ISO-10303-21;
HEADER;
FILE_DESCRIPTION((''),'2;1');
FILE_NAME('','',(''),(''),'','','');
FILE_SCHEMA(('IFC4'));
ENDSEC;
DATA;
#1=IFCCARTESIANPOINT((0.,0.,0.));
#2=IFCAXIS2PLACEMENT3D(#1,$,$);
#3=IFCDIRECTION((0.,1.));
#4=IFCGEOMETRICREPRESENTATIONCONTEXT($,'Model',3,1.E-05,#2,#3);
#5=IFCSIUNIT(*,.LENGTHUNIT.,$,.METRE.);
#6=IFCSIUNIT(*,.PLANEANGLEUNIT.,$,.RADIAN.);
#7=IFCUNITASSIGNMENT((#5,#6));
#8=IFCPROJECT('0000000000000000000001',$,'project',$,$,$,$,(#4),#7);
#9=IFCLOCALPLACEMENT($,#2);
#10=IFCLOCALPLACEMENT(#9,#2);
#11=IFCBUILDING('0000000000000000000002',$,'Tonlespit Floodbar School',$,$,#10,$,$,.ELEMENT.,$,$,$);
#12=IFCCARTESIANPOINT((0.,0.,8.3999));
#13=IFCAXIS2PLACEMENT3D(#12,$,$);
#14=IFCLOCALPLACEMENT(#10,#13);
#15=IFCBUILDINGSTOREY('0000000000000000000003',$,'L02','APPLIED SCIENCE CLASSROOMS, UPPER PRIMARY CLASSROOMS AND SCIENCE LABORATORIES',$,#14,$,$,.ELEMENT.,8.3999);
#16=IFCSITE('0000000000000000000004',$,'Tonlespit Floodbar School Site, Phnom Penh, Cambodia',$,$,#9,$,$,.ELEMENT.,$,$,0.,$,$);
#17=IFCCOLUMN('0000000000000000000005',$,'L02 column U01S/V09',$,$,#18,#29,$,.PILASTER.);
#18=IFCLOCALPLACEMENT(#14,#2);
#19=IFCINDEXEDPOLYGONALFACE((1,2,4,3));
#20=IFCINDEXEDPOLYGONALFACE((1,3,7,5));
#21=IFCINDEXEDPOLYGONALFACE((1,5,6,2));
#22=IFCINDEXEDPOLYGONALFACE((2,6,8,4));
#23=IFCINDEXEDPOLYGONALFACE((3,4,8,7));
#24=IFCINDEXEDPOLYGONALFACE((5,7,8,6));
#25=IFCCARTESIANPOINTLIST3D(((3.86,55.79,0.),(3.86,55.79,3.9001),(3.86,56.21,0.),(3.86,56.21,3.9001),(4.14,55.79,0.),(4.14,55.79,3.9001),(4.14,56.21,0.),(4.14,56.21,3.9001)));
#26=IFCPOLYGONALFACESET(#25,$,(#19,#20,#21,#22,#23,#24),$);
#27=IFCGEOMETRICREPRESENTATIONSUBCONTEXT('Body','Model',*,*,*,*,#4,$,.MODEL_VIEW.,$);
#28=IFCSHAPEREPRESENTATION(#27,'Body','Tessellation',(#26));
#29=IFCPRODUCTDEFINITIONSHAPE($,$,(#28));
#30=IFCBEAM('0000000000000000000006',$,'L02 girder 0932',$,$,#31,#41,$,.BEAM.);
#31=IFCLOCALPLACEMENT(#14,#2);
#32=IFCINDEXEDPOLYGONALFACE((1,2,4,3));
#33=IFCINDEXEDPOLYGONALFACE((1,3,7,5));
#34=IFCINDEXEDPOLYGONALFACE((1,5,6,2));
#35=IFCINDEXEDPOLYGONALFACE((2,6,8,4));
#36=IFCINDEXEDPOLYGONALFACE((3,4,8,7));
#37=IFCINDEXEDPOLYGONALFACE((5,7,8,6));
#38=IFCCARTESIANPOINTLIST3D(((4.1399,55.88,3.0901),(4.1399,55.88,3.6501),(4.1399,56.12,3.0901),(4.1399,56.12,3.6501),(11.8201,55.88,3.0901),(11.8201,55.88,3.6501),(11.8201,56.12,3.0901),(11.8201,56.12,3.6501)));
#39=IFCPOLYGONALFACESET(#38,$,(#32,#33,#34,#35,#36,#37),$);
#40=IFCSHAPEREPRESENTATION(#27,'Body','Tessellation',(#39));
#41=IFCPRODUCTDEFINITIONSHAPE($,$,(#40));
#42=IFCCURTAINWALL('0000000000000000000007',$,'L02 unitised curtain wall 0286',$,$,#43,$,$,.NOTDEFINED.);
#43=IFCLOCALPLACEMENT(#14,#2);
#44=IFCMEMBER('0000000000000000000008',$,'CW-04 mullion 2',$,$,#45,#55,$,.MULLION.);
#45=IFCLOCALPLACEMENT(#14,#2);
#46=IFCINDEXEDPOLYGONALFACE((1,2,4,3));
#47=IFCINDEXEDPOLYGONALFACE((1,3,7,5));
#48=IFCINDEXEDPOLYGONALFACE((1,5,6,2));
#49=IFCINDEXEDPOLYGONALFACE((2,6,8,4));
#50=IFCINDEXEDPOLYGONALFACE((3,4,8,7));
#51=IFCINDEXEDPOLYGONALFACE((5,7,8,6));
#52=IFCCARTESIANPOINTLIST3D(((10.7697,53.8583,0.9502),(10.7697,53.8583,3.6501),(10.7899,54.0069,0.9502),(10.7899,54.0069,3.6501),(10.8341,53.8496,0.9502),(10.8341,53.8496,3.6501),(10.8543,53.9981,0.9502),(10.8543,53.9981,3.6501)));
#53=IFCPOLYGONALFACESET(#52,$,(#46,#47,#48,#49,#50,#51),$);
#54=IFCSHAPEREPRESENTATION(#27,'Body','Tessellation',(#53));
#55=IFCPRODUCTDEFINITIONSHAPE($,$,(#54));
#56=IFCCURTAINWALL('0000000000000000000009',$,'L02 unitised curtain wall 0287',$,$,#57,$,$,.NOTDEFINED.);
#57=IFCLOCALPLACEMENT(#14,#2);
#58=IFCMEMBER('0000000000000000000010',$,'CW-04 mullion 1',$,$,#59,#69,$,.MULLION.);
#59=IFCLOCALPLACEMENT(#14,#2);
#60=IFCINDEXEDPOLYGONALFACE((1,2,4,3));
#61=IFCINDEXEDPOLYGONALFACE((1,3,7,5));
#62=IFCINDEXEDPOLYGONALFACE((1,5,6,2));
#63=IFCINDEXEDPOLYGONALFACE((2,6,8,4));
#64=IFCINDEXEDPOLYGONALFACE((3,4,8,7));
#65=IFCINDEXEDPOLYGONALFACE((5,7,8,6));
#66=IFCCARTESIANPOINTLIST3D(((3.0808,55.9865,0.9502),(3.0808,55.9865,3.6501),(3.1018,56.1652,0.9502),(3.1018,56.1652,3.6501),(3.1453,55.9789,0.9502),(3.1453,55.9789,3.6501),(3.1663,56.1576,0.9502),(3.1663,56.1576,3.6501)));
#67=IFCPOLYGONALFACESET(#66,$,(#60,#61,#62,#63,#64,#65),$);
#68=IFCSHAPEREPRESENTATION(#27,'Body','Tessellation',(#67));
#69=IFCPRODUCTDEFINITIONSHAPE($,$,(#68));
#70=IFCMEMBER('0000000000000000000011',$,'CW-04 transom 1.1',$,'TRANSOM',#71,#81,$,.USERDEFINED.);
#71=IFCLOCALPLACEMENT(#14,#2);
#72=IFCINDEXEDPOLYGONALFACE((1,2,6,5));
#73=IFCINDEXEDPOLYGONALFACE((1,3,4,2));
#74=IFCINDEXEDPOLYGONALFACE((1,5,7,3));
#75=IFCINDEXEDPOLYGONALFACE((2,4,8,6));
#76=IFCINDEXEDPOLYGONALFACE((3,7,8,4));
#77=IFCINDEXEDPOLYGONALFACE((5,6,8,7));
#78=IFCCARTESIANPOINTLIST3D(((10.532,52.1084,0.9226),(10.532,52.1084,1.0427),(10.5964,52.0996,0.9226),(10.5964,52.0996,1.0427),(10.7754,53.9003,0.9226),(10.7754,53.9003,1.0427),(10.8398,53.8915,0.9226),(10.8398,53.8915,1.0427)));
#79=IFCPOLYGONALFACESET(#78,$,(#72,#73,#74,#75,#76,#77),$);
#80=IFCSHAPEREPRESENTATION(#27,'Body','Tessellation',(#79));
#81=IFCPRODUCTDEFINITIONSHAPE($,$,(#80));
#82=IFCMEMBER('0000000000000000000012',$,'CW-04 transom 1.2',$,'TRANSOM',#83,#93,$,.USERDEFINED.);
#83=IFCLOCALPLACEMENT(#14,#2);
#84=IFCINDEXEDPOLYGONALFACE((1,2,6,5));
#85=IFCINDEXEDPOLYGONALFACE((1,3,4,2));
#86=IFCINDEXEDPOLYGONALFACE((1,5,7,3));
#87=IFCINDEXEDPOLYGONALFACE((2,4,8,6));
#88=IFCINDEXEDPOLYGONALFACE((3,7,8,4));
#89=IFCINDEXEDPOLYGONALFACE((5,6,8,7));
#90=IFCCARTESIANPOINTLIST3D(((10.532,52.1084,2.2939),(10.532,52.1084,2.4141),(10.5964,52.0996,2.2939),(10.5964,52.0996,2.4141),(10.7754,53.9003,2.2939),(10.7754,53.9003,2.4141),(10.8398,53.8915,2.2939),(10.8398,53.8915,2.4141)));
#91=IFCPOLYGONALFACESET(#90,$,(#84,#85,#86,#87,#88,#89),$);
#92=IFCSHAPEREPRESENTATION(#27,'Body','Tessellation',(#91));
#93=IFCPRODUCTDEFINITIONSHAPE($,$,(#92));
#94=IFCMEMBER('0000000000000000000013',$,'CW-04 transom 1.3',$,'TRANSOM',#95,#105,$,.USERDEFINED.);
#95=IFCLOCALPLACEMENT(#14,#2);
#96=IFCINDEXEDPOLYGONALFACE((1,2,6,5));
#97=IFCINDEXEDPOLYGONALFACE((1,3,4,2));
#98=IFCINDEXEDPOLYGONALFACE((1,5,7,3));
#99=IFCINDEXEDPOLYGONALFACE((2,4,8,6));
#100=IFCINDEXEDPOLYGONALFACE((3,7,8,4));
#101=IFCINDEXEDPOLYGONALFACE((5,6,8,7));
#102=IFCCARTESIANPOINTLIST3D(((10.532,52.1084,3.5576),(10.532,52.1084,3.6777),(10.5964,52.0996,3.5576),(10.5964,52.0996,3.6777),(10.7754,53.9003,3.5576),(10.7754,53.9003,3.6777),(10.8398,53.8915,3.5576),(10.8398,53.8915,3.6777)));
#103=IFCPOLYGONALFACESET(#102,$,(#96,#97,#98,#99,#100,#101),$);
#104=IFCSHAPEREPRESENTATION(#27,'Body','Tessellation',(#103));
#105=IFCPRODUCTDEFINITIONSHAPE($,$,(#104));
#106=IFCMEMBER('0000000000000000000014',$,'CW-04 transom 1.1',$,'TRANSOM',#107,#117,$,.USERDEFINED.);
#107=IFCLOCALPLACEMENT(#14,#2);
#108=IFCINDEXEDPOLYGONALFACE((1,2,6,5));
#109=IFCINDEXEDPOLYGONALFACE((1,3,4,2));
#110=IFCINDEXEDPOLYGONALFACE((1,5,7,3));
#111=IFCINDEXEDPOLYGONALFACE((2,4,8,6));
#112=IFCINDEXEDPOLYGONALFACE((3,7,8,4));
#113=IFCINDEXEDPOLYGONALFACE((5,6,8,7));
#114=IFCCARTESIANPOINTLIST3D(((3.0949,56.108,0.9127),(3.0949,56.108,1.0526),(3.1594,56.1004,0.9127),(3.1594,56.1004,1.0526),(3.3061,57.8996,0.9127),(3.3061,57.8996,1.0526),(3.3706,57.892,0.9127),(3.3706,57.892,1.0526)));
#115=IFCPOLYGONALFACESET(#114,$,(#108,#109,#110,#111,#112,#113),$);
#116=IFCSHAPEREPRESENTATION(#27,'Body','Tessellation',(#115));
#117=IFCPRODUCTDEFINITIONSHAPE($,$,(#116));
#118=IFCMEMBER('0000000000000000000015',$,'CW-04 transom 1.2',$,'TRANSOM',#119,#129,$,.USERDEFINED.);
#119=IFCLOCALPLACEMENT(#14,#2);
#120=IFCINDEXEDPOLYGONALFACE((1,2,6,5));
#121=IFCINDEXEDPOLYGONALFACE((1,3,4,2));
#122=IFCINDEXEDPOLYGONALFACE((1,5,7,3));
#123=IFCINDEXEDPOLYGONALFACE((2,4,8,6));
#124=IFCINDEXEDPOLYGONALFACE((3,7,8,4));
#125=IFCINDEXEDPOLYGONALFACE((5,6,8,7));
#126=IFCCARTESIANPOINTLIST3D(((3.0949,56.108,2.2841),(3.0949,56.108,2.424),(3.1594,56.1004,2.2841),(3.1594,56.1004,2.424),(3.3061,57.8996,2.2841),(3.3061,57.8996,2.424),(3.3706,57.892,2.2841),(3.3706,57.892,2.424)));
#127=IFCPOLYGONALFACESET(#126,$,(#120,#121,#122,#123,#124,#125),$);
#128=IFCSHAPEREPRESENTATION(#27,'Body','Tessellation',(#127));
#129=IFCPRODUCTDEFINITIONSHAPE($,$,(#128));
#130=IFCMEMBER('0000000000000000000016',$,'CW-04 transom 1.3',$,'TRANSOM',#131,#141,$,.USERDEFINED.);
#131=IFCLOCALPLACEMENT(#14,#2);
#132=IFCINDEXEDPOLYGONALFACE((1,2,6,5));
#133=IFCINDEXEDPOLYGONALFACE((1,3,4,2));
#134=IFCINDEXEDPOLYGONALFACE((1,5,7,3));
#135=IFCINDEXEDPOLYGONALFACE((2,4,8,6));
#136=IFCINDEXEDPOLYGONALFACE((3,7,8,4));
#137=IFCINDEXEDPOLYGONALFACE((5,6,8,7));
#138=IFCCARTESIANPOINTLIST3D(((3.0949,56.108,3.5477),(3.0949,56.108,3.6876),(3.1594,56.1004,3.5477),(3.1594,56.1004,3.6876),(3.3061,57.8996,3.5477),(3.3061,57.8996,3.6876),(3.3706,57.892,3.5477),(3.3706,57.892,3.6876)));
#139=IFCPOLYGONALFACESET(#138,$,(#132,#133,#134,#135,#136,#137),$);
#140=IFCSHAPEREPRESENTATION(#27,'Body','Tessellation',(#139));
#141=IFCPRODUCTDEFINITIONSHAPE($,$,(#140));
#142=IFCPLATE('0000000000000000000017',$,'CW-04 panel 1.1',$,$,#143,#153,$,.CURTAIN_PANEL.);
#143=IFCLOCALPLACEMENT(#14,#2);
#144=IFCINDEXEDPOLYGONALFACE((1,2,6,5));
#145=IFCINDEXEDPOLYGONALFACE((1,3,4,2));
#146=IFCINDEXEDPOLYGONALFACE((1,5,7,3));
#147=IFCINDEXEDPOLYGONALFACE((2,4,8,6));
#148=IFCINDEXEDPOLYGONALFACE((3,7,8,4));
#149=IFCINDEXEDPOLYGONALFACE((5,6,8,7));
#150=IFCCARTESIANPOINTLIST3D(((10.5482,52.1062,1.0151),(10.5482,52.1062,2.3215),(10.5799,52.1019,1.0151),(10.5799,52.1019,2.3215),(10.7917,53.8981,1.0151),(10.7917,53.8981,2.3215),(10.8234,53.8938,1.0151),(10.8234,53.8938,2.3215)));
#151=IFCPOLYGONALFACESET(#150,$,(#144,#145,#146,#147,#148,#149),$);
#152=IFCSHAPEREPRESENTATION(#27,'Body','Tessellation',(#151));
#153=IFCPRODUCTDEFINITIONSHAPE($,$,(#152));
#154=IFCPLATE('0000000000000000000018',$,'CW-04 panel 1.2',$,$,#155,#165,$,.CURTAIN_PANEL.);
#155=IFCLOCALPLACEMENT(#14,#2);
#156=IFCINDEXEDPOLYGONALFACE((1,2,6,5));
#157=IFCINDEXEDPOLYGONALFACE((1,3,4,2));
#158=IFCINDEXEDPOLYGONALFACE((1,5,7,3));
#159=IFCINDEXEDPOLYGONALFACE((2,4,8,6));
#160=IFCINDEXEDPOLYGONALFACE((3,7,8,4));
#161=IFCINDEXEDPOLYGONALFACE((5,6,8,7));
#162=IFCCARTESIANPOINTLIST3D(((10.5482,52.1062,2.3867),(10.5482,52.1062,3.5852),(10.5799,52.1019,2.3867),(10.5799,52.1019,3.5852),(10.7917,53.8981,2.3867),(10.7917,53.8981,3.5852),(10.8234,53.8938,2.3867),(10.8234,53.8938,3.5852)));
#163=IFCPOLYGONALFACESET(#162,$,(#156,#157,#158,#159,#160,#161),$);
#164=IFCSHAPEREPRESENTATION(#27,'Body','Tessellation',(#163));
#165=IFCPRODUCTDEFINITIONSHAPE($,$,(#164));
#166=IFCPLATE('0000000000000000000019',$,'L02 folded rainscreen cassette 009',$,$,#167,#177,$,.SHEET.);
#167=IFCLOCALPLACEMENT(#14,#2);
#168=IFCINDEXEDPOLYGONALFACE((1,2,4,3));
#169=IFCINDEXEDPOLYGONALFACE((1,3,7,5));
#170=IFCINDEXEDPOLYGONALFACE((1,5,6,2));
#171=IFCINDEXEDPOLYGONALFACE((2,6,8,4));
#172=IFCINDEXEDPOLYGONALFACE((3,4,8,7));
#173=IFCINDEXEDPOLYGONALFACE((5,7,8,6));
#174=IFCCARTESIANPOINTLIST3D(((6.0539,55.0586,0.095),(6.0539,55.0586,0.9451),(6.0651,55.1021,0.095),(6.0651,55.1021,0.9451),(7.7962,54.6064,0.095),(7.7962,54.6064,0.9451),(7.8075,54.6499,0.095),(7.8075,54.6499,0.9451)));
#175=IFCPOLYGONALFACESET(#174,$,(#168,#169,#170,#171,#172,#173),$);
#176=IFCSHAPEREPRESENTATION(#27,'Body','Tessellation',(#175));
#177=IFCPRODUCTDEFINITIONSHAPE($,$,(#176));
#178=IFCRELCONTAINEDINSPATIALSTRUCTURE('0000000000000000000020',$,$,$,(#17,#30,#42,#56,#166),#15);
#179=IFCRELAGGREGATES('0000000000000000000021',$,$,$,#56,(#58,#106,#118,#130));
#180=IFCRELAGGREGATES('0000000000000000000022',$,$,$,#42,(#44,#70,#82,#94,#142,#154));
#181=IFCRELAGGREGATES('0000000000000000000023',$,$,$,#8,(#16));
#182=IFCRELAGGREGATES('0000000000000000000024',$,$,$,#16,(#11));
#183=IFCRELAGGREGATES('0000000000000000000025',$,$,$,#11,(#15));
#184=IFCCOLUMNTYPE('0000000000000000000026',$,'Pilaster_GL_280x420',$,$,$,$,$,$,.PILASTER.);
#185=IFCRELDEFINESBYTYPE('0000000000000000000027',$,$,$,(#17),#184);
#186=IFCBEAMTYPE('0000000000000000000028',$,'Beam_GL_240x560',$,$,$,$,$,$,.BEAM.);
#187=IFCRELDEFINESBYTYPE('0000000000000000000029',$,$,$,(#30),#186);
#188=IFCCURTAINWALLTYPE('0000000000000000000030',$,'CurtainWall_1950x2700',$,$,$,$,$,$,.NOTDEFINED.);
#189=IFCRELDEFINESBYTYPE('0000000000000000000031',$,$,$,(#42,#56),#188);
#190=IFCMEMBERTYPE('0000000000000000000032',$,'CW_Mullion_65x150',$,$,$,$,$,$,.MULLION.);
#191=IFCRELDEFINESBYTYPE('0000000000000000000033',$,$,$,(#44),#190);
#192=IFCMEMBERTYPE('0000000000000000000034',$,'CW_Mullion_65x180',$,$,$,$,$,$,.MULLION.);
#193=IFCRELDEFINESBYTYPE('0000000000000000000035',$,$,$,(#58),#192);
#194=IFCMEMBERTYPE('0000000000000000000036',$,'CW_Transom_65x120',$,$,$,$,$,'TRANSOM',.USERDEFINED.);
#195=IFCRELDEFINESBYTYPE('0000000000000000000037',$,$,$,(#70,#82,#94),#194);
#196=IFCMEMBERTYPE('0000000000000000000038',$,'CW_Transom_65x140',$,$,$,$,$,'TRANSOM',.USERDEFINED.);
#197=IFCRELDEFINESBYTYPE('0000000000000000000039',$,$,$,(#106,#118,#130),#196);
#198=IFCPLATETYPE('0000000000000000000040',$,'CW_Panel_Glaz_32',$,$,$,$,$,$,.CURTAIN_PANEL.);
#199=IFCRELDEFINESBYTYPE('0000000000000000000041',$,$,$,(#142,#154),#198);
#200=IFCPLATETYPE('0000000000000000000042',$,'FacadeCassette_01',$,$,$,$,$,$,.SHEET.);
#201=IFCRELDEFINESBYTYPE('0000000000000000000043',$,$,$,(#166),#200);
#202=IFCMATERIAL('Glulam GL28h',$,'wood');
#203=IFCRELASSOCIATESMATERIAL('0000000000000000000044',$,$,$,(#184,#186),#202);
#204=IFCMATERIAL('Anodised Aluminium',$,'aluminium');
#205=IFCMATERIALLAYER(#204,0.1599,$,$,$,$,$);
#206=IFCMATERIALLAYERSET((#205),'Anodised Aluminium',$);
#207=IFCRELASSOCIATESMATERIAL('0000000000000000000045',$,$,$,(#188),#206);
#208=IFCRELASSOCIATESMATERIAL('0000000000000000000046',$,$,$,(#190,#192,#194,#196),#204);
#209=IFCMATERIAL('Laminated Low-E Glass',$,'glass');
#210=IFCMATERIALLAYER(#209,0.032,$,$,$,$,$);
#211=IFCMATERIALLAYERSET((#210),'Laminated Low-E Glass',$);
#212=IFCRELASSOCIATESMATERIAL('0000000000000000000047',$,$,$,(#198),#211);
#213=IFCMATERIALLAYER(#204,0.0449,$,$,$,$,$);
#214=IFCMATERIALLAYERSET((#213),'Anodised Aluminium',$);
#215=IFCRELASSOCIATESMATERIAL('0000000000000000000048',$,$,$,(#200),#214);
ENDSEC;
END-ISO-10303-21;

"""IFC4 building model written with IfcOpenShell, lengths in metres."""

from ifc_helpers import new_model, si_unit, direction, frame, origin, origin_2d, place, context, subcontext, project, spatial, rectangle, extrude, material, layer, layer_set, material_profile, profile_set, type_object, element, aggregate, save


model = new_model("IFC4")

# Units and contexts
model_context = context("Model", 3, precision=1e-05, world=origin(), true_north=direction((0.0, 1.0)))
body_context = subcontext(model_context, "Body", "Model", "MODEL_VIEW")
ifc_project = project(units=[si_unit("LENGTHUNIT", "METRE"), si_unit("PLANEANGLEUNIT", "RADIAN")], contexts=[model_context])

# Site, building, storey
site_placement = place(None, origin())
site = spatial("IfcSite", under=ifc_project, at=site_placement, Name="Tonlespit Floodbar School Site, Phnom Penh, Cambodia", CompositionType="ELEMENT", RefElevation=0.0)
building_placement = place(site_placement, origin())
building = spatial("IfcBuilding", under=site, at=building_placement, Name="Tonlespit Floodbar School", CompositionType="ELEMENT")
storey_placement = place(building_placement, frame((0.0, 0.0, 8.3999)))
storey = spatial("IfcBuildingStorey", under=building, at=storey_placement, Name="L02", Description="APPLIED SCIENCE CLASSROOMS, UPPER PRIMARY CLASSROOMS AND SCIENCE LABORATORIES", CompositionType="ELEMENT", Elevation=8.3999)

# Column
ifc_material_1 = material(Name="Glulam GL28h", Category="wood")
ifc_material_profile_1 = material_profile(ifc_material_1, rectangle(XDim=0.28, YDim=0.4199, at=origin_2d()), Name="GL 280x420")
ifc_profile_set_1 = profile_set([ifc_material_profile_1], Name="Glulam GL28h")
column_type = type_object("IfcColumnType", Name="Pilaster_GL_280x420", PredefinedType="PILASTER", material=ifc_profile_set_1)
column_placement = place(storey_placement, frame((4.0, 56.0, 0.0), z_axis=(0.0, 0.0, 1.0), x_axis=(1.0, 0.0, 0.0)))
element("IfcColumn", 1, at=column_placement, inside=storey, type_object=column_type, Name="L02 column U01S/V09", PredefinedType="PILASTER", context=body_context, shape_type="SweptSolid", body=[
    extrude(rectangle(XDim=0.28, YDim=0.4199, at=origin_2d()), origin(), (0.0, 0.0, 1.0), 3.9001),
])

# Beam
ifc_material_profile_2 = material_profile(ifc_material_1, rectangle(XDim=0.24, YDim=0.5601, at=origin_2d()), Name="GL 240x560")
ifc_profile_set_2 = profile_set([ifc_material_profile_2], Name="Glulam GL28h")
beam_type = type_object("IfcBeamType", Name="Beam_GL_240x560", PredefinedType="BEAM", material=ifc_profile_set_2)
beam_placement = place(storey_placement, frame((4.1399, 56.0, 3.3701), z_axis=(1.0, 0.0, 0.0), x_axis=(0.0, 1.0, 0.0)))
element("IfcBeam", 2, at=beam_placement, inside=storey, type_object=beam_type, Name="L02 girder 0932", PredefinedType="BEAM", context=body_context, shape_type="SweptSolid", body=[
    extrude(rectangle(XDim=0.24, YDim=0.5601, at=origin_2d()), origin(), (0.0, 0.0, 1.0), 7.6802),
])

# Curtain walls, members
ifc_material_2 = material(Name="Anodised Aluminium", Category="aluminium")
ifc_layer_1 = layer(ifc_material_2, 0.1599)
ifc_layer_set_1 = layer_set([ifc_layer_1], Name="Anodised Aluminium")
curtain_wall_type = type_object("IfcCurtainWallType", Name="CurtainWall_1950x2700", PredefinedType="NOTDEFINED", material=ifc_layer_set_1)
curtain_wall_1_placement = place(storey_placement, origin())
curtain_wall_1 = element("IfcCurtainWall", 3, at=curtain_wall_1_placement, inside=storey, type_object=curtain_wall_type, Name="L02 unitised curtain wall 0286", PredefinedType="NOTDEFINED")
ifc_material_profile_3 = material_profile(ifc_material_2, rectangle(XDim=0.0649, YDim=0.1499, at=origin_2d()), Name="ALU M65x150")
ifc_profile_set_3 = profile_set([ifc_material_profile_3], Name="Anodised Aluminium")
member_type_1 = type_object("IfcMemberType", Name="CW_Mullion_65x150", PredefinedType="MULLION", material=ifc_profile_set_3)
member_1_placement = place(storey_placement, frame((10.812, 53.9282, 0.9502), z_axis=(0.0, 0.0, 1.0), x_axis=(-0.990894, 0.134644, 0.0)))
member_1 = element("IfcMember", 4, at=member_1_placement, type_object=member_type_1, Name="CW-04 mullion 2", PredefinedType="MULLION", context=body_context, shape_type="SweptSolid", body=[
    extrude(rectangle(XDim=0.0649, YDim=0.1499, at=origin_2d()), origin(), (0.0, 0.0, 1.0), 2.7),
])
curtain_wall_2_placement = place(storey_placement, origin())
curtain_wall_2 = element("IfcCurtainWall", 5, at=curtain_wall_2_placement, inside=storey, type_object=curtain_wall_type, Name="L02 unitised curtain wall 0287", PredefinedType="NOTDEFINED")
ifc_material_profile_4 = material_profile(ifc_material_2, rectangle(XDim=0.0649, YDim=0.1799, at=origin_2d()), Name="ALU M65x180")
ifc_profile_set_4 = profile_set([ifc_material_profile_4], Name="Anodised Aluminium")
member_type_2 = type_object("IfcMemberType", Name="CW_Mullion_65x180", PredefinedType="MULLION", material=ifc_profile_set_4)
member_2_placement = place(storey_placement, frame((3.1235, 56.072, 0.9502), z_axis=(0.0, 0.0, 1.0), x_axis=(-0.993136, 0.116967, 0.0)))
member_2 = element("IfcMember", 6, at=member_2_placement, type_object=member_type_2, Name="CW-04 mullion 1", PredefinedType="MULLION", context=body_context, shape_type="SweptSolid", body=[
    extrude(rectangle(XDim=0.0649, YDim=0.1799, at=origin_2d()), origin(), (0.0, 0.0, 1.0), 2.7),
])

# Members
ifc_material_profile_5 = material_profile(ifc_material_2, rectangle(XDim=0.0649, YDim=0.1201, at=origin_2d()), Name="ALU T65x120")
ifc_profile_set_5 = profile_set([ifc_material_profile_5], Name="Anodised Aluminium")
member_type_3 = type_object("IfcMemberType", Name="CW_Transom_65x120", ElementType="TRANSOM", PredefinedType="USERDEFINED", material=ifc_profile_set_5)
member_3_placement = place(storey_placement, frame((10.5642, 52.104, 0.9827), z_axis=(0.134595, 0.990901, 0.0), x_axis=(-0.990901, 0.134595, 0.0)))
member_3 = element("IfcMember", 7, at=member_3_placement, type_object=member_type_3, Name="CW-04 transom 1.1", ObjectType="TRANSOM", PredefinedType="USERDEFINED", context=body_context, shape_type="SweptSolid", body=[
    extrude(rectangle(XDim=0.0649, YDim=0.1201, at=origin_2d()), origin(), (0.0, 0.0, 1.0), 1.8083),
])
member_4_placement = place(storey_placement, frame((10.5642, 52.104, 2.354), z_axis=(0.134595, 0.990901, 0.0), x_axis=(-0.990901, 0.134595, 0.0)))
member_4 = element("IfcMember", 8, at=member_4_placement, type_object=member_type_3, Name="CW-04 transom 1.2", ObjectType="TRANSOM", PredefinedType="USERDEFINED", context=body_context, shape_type="SweptSolid", body=[
    extrude(rectangle(XDim=0.0649, YDim=0.1201, at=origin_2d()), origin(), (0.0, 0.0, 1.0), 1.8083),
])
member_5_placement = place(storey_placement, frame((10.5642, 52.104, 3.6177), z_axis=(0.134595, 0.990901, 0.0), x_axis=(-0.990901, 0.134595, 0.0)))
member_5 = element("IfcMember", 9, at=member_5_placement, type_object=member_type_3, Name="CW-04 transom 1.3", ObjectType="TRANSOM", PredefinedType="USERDEFINED", context=body_context, shape_type="SweptSolid", body=[
    extrude(rectangle(XDim=0.0649, YDim=0.1201, at=origin_2d()), origin(), (0.0, 0.0, 1.0), 1.8083),
])
ifc_material_profile_6 = material_profile(ifc_material_2, rectangle(XDim=0.0649, YDim=0.1399, at=origin_2d()), Name="ALU T65x140")
ifc_profile_set_6 = profile_set([ifc_material_profile_6], Name="Anodised Aluminium")
member_type_4 = type_object("IfcMemberType", Name="CW_Transom_65x140", ElementType="TRANSOM", PredefinedType="USERDEFINED", material=ifc_profile_set_6)
member_6_placement = place(storey_placement, frame((3.1272, 56.1042, 0.9827), z_axis=(0.117069, 0.993124, 0.0), x_axis=(-0.993124, 0.117069, 0.0)))
member_6 = element("IfcMember", 10, at=member_6_placement, type_object=member_type_4, Name="CW-04 transom 1.1", ObjectType="TRANSOM", PredefinedType="USERDEFINED", context=body_context, shape_type="SweptSolid", body=[
    extrude(rectangle(XDim=0.0649, YDim=0.1399, at=origin_2d()), origin(), (0.0, 0.0, 1.0), 1.804),
])
member_7_placement = place(storey_placement, frame((3.1272, 56.1042, 2.354), z_axis=(0.117069, 0.993124, 0.0), x_axis=(-0.993124, 0.117069, 0.0)))
member_7 = element("IfcMember", 11, at=member_7_placement, type_object=member_type_4, Name="CW-04 transom 1.2", ObjectType="TRANSOM", PredefinedType="USERDEFINED", context=body_context, shape_type="SweptSolid", body=[
    extrude(rectangle(XDim=0.0649, YDim=0.1399, at=origin_2d()), origin(), (0.0, 0.0, 1.0), 1.804),
])
member_8_placement = place(storey_placement, frame((3.1272, 56.1042, 3.6177), z_axis=(0.117069, 0.993124, 0.0), x_axis=(-0.993124, 0.117069, 0.0)))
member_8 = element("IfcMember", 12, at=member_8_placement, type_object=member_type_4, Name="CW-04 transom 1.3", ObjectType="TRANSOM", PredefinedType="USERDEFINED", context=body_context, shape_type="SweptSolid", body=[
    extrude(rectangle(XDim=0.0649, YDim=0.1399, at=origin_2d()), origin(), (0.0, 0.0, 1.0), 1.804),
])
aggregate(curtain_wall_2, [member_2, member_6, member_7, member_8])

# Plates
ifc_material_3 = material(Name="Laminated Low-E Glass", Category="glass")
ifc_layer_2 = layer(ifc_material_3, 0.032)
ifc_layer_set_2 = layer_set([ifc_layer_2], Name="Laminated Low-E Glass")
plate_type_1 = type_object("IfcPlateType", Name="CW_Panel_Glaz_32", PredefinedType="CURTAIN_PANEL", material=ifc_layer_set_2)
plate_1_placement = place(storey_placement, frame((10.6858, 53.0, 1.0151), z_axis=(0.0, 0.0, 1.0), x_axis=(0.134644, 0.990894, 0.0)))
plate_1 = element("IfcPlate", 13, at=plate_1_placement, type_object=plate_type_1, Name="CW-04 panel 1.1", PredefinedType="CURTAIN_PANEL", context=body_context, shape_type="SweptSolid", body=[
    extrude(rectangle(XDim=1.8083, YDim=0.032, at=origin_2d()), origin(), (0.0, 0.0, 1.0), 1.3064),
])
plate_2_placement = place(storey_placement, frame((10.6858, 53.0, 2.3867), z_axis=(0.0, 0.0, 1.0), x_axis=(0.134644, 0.990894, 0.0)))
plate_2 = element("IfcPlate", 14, at=plate_2_placement, type_object=plate_type_1, Name="CW-04 panel 1.2", PredefinedType="CURTAIN_PANEL", context=body_context, shape_type="SweptSolid", body=[
    extrude(rectangle(XDim=1.8083, YDim=0.032, at=origin_2d()), origin(), (0.0, 0.0, 1.0), 1.1985),
])
aggregate(curtain_wall_1, [member_1, member_3, member_4, member_5, plate_1, plate_2])

# Plate
ifc_layer_3 = layer(ifc_material_2, 0.0449)
ifc_layer_set_3 = layer_set([ifc_layer_3], Name="Anodised Aluminium")
plate_type_2 = type_object("IfcPlateType", Name="FacadeCassette_01", PredefinedType="SHEET", material=ifc_layer_set_3)
plate_3_placement = place(storey_placement, frame((6.9307, 54.8542, 0.095), z_axis=(0.0, 0.0, 1.0), x_axis=(-0.967938, 0.251191, 0.0)))
element("IfcPlate", 15, at=plate_3_placement, inside=storey, type_object=plate_type_2, Name="L02 folded rainscreen cassette 009", PredefinedType="SHEET", context=body_context, shape_type="SweptSolid", body=[
    extrude(rectangle(XDim=1.8, YDim=0.0449, at=origin_2d()), origin(), (0.0, 0.0, 1.0), 0.8501),
])

save(model, "model.ifc")
